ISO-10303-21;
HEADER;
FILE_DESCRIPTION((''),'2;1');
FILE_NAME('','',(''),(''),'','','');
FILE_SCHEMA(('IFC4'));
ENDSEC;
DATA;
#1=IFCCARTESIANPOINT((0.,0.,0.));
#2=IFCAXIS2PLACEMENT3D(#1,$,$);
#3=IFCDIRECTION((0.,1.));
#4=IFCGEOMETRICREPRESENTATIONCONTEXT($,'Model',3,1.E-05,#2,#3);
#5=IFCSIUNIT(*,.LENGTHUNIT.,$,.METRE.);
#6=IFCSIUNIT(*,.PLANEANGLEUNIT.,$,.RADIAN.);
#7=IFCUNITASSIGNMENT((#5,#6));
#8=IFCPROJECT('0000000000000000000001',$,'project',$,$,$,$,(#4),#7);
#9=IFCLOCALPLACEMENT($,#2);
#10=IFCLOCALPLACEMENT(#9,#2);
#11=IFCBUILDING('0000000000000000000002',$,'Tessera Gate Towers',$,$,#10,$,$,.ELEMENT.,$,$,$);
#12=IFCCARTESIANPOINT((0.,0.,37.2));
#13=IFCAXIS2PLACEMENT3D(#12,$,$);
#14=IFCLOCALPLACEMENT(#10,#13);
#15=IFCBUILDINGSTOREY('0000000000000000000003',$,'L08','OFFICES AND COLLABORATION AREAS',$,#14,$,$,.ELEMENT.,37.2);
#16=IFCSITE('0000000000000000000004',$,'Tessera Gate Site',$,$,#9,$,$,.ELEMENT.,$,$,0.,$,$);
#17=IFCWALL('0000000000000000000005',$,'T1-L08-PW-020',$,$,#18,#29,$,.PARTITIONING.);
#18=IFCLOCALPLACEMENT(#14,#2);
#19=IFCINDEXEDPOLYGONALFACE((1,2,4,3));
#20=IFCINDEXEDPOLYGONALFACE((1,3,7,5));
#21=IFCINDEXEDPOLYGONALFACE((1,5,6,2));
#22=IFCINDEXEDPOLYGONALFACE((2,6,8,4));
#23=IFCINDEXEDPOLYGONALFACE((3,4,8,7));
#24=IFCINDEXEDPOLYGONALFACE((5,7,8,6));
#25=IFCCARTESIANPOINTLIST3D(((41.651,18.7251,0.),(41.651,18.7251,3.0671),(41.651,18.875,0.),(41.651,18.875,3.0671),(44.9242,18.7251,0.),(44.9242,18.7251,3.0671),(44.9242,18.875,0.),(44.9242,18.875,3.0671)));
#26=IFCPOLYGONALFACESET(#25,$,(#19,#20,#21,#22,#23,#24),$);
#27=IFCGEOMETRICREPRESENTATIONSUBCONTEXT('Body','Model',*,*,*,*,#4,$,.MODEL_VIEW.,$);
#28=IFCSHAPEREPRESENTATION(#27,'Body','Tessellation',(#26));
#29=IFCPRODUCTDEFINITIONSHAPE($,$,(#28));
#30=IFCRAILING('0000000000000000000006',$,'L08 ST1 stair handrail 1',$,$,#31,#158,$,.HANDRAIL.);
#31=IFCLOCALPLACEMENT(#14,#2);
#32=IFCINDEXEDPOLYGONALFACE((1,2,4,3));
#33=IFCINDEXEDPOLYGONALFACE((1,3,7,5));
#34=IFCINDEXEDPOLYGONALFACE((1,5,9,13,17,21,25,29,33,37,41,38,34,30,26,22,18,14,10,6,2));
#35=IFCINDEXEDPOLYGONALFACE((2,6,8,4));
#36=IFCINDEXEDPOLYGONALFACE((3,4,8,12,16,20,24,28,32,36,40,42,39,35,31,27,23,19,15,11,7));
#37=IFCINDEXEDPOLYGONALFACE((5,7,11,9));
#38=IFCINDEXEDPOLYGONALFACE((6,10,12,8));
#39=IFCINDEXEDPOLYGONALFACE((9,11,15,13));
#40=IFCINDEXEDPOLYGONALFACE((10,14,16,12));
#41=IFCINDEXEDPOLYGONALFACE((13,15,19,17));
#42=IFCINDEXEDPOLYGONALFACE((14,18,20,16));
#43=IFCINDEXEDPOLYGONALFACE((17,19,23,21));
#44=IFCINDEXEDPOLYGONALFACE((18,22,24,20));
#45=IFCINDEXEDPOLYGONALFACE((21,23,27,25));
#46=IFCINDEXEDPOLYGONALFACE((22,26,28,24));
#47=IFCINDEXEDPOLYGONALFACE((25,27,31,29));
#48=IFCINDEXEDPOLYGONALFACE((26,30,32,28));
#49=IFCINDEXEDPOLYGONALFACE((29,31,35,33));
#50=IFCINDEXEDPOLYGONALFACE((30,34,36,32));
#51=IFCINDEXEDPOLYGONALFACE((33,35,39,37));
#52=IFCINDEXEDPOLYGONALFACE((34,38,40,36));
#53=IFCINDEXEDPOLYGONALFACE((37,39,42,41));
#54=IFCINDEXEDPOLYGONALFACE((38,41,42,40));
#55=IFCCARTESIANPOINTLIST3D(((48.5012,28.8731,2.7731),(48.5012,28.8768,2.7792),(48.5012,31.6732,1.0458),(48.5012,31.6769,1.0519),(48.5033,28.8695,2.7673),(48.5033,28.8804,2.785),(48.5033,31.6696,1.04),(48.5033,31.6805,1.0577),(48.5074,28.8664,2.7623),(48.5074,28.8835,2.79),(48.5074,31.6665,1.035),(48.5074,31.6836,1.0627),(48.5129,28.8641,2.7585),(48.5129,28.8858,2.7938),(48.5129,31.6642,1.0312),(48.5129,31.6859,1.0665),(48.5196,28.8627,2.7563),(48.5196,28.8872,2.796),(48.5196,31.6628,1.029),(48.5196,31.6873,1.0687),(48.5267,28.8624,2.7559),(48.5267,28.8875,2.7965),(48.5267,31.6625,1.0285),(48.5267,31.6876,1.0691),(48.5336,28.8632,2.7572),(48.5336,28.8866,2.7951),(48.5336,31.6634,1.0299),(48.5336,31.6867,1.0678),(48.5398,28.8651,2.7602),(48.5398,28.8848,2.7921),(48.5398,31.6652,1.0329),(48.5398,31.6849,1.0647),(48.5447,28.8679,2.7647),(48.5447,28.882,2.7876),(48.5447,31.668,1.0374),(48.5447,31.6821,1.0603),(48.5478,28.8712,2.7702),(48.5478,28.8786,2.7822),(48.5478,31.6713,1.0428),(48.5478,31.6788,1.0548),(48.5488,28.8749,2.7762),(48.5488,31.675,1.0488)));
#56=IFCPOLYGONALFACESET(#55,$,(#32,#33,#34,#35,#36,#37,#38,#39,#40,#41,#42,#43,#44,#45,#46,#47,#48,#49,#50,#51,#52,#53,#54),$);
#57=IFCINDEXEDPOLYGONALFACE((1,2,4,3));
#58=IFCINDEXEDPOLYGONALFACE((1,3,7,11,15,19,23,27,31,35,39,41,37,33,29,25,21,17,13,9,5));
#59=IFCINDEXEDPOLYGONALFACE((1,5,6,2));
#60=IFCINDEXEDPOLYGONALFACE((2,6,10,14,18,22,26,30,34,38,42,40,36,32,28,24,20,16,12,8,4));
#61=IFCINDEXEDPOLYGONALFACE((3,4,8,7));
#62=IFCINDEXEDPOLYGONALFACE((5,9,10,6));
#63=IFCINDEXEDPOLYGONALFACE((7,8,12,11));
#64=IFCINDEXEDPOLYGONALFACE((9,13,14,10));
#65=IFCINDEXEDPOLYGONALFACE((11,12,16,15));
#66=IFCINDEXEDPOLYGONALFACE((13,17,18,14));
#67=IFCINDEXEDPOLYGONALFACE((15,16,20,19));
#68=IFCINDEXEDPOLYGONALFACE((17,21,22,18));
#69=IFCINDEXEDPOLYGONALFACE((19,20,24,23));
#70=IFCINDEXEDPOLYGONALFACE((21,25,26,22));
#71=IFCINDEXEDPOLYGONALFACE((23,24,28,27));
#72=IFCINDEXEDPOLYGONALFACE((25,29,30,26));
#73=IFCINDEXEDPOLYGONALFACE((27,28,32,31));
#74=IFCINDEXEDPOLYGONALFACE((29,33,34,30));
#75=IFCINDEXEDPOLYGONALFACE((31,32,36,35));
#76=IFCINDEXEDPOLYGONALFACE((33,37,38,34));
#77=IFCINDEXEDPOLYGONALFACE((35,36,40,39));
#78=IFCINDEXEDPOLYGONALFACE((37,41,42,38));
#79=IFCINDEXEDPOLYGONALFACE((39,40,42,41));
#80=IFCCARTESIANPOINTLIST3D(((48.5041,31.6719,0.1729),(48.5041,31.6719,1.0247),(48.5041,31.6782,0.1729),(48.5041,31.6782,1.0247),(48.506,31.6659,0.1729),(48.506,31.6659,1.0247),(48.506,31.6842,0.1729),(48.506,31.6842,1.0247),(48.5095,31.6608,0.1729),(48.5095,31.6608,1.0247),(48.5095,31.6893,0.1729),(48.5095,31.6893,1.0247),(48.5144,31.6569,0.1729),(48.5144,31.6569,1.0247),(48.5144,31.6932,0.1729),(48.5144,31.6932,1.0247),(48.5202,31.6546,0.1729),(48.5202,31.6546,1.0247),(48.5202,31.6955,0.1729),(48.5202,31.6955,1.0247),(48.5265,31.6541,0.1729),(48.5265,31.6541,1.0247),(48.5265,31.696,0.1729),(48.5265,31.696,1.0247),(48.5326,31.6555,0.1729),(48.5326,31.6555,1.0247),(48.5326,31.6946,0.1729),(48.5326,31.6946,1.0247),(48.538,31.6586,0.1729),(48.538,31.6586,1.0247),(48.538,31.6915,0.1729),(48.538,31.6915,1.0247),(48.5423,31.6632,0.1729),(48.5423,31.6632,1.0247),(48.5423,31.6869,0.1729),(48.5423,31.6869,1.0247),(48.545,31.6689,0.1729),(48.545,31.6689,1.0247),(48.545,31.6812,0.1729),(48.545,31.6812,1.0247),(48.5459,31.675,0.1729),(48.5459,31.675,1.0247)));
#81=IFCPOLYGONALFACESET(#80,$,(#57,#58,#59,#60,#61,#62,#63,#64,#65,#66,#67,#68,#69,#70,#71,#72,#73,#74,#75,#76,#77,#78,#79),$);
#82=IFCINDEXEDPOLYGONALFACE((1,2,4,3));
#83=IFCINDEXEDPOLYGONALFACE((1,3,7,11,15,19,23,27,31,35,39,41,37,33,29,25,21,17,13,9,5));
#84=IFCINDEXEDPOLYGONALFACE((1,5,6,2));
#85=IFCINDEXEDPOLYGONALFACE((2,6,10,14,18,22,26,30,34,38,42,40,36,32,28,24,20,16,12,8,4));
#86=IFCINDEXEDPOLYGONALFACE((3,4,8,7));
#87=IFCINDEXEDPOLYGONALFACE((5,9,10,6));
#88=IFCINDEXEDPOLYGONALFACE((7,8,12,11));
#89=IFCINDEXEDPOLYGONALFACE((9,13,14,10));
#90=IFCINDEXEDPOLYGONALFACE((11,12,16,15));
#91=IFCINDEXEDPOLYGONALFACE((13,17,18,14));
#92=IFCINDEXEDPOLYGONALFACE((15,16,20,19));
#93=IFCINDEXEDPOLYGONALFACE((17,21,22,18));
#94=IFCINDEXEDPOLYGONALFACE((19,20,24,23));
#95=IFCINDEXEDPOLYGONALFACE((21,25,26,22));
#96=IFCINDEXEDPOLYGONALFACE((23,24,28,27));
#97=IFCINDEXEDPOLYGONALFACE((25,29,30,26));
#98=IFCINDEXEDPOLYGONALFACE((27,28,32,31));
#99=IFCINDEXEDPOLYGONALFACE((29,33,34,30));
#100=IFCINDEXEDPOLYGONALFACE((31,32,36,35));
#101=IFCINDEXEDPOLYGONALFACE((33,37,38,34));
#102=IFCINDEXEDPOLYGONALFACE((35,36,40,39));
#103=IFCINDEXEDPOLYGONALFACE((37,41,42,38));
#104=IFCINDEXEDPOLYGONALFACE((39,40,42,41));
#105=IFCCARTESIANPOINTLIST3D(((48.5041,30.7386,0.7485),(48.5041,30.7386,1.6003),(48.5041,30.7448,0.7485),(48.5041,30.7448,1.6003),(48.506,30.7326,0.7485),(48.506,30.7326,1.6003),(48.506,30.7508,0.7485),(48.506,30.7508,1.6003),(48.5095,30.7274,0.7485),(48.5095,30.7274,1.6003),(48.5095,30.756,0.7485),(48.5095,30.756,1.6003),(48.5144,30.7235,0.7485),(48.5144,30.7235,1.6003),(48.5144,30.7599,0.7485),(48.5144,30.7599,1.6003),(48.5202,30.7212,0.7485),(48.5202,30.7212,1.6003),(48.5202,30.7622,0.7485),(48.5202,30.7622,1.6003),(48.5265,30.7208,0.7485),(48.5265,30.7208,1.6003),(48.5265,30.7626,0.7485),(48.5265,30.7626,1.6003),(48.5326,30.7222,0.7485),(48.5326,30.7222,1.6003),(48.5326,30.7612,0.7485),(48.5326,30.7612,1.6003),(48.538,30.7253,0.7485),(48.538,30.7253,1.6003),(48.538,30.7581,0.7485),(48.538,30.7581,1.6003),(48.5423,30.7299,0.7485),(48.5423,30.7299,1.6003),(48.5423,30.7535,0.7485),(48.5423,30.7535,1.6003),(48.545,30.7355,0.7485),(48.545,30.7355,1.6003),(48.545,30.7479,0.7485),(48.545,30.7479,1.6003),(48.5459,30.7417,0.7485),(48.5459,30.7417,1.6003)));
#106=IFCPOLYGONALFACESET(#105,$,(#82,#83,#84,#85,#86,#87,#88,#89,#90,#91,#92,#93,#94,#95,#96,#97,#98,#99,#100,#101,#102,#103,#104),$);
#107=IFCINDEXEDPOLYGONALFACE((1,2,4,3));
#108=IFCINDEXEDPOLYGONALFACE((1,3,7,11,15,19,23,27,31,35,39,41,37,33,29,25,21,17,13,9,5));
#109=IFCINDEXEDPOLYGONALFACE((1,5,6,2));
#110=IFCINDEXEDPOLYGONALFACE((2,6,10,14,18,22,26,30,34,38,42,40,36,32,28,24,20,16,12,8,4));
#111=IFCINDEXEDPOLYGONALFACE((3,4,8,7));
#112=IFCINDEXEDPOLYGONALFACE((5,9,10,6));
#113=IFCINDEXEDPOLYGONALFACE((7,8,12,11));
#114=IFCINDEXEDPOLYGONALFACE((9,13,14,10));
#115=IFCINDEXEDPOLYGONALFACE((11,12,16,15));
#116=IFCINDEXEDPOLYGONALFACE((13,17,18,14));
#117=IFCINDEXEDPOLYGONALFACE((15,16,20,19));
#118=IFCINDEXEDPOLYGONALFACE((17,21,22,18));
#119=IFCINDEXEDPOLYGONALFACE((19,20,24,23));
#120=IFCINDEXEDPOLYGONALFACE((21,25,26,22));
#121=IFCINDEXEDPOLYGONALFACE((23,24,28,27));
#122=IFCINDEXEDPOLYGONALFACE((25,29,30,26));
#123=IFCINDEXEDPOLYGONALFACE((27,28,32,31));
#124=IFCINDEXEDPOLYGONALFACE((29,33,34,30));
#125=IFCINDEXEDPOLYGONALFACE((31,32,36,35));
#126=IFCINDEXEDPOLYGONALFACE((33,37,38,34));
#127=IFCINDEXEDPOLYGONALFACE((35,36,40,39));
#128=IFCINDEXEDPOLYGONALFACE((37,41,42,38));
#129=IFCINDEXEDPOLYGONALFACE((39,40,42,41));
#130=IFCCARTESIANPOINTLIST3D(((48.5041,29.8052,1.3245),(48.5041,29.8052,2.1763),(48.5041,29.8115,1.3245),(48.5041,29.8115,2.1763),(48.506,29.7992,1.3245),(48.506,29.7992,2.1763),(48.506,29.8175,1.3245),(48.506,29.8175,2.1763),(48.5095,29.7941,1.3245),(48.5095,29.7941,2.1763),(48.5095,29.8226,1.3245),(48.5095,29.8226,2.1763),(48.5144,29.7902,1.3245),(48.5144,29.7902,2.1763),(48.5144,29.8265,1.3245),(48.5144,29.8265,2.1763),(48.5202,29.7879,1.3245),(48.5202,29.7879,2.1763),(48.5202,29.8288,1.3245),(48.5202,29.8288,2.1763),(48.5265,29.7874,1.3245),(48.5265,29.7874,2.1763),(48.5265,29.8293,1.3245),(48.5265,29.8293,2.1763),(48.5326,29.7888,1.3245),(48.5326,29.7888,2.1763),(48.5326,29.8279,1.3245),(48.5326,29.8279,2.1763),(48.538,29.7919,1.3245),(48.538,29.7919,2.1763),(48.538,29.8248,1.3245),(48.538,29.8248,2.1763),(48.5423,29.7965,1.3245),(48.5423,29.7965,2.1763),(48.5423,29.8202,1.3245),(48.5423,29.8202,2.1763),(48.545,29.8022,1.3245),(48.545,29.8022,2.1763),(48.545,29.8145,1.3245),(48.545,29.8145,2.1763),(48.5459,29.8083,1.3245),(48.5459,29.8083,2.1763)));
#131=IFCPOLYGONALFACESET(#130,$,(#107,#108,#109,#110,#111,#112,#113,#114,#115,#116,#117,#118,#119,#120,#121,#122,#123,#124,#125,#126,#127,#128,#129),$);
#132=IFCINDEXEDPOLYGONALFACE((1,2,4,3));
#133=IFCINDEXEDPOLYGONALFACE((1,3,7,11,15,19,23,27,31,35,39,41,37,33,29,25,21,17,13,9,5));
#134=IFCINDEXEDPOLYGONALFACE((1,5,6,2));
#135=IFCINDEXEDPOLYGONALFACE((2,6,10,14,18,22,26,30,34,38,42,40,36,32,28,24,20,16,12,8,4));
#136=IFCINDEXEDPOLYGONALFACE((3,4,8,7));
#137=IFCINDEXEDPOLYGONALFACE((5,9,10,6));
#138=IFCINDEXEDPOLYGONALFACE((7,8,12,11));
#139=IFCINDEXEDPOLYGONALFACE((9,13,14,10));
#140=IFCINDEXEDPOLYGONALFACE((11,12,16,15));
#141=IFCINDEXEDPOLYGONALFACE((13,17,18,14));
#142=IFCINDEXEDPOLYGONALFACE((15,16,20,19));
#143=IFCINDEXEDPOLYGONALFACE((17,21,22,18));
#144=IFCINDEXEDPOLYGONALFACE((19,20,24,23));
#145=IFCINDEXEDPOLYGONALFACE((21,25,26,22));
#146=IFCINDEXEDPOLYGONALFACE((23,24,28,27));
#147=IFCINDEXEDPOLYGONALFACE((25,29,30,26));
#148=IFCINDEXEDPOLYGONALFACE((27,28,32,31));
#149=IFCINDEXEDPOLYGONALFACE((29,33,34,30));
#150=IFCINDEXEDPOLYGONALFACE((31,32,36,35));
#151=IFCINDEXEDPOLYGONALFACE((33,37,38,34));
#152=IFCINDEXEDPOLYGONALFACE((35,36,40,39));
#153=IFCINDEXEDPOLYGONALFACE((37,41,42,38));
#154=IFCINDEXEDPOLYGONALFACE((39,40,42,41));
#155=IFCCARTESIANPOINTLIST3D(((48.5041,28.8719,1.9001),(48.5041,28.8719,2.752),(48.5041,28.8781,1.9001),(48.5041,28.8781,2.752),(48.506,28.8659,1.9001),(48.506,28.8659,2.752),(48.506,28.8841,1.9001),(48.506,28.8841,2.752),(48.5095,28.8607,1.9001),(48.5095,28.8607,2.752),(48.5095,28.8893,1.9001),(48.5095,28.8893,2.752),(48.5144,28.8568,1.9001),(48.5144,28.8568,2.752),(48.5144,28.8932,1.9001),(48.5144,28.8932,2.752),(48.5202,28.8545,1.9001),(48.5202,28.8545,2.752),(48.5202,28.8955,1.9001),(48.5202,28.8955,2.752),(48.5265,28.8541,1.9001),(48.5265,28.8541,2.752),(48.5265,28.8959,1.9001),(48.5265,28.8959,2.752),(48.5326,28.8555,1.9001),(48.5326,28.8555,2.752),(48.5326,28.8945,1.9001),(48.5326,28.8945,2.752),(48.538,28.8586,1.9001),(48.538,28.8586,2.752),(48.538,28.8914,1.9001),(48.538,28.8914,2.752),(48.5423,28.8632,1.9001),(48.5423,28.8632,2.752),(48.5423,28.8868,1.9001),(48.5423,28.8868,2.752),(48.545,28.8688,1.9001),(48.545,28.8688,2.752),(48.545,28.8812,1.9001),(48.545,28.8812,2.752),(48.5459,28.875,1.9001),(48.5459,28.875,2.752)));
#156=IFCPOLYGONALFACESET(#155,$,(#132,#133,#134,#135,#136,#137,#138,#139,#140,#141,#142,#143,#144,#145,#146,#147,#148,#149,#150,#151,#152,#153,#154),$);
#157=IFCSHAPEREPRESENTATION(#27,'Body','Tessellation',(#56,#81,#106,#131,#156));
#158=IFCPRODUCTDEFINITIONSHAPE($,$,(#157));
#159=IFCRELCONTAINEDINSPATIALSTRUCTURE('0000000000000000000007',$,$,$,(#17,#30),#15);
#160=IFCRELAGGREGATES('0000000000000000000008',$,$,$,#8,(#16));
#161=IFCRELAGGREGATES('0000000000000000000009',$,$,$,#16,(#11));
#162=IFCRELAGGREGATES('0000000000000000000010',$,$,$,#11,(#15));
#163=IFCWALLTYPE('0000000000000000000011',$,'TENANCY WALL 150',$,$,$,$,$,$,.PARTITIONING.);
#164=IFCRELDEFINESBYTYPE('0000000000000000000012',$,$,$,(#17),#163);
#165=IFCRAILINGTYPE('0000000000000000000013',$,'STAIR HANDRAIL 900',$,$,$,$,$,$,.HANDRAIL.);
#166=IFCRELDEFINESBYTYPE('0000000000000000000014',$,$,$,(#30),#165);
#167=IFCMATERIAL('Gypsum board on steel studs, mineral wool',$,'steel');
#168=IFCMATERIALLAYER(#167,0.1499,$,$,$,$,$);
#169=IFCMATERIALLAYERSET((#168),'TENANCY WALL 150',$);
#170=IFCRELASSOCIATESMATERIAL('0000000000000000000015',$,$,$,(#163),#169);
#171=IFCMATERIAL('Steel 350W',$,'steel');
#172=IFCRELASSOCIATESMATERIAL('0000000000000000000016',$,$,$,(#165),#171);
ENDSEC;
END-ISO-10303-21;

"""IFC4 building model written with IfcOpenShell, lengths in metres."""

from ifc_helpers import new_model, si_unit, direction, frame, frame_2d, origin, origin_2d, place, context, subcontext, project, spatial, rectangle, circle, extrude, material, layer, layer_set, type_object, element, save


model = new_model("IFC4")

# Units and contexts
model_context = context("Model", 3, precision=1e-05, world=origin(), true_north=direction((0.0, 1.0)))
body_context = subcontext(model_context, "Body", "Model", "MODEL_VIEW")
ifc_project = project(units=[si_unit("LENGTHUNIT", "METRE"), si_unit("PLANEANGLEUNIT", "RADIAN")], contexts=[model_context])

# Site, building, storey
site_placement = place(None, origin())
site = spatial("IfcSite", under=ifc_project, at=site_placement, Name="Tessera Gate Site", CompositionType="ELEMENT", RefElevation=0.0)
building_placement = place(site_placement, origin())
building = spatial("IfcBuilding", under=site, at=building_placement, Name="Tessera Gate Towers", CompositionType="ELEMENT")
storey_placement = place(building_placement, frame((0.0, 0.0, 37.2)))
storey = spatial("IfcBuildingStorey", under=building, at=storey_placement, Name="L08", Description="OFFICES AND COLLABORATION AREAS", CompositionType="ELEMENT", Elevation=37.2)

# Shared definitions
ifc_material_1 = material(Name="Gypsum board on steel studs, mineral wool", Category="steel")
ifc_layer_1 = layer(ifc_material_1, 0.1499)
ifc_layer_set_1 = layer_set([ifc_layer_1], Name="TENANCY WALL 150")
wall_type_1 = type_object("IfcWallType", Name="TENANCY WALL 150", PredefinedType="PARTITIONING", material=ifc_layer_set_1)

# Wall
wall_1_placement = place(storey_placement, frame((41.6509, 18.8, 0.0), z_axis=(0.0, 0.0, 1.0), x_axis=(1.0, 0.0, 0.0)))
element("IfcWall", 1, at=wall_1_placement, inside=storey, type_object=wall_type_1, Name="T1-L08-PW-020", PredefinedType="PARTITIONING", context=body_context, shape_type="SweptSolid", body=[
    extrude(rectangle(XDim=3.2732, YDim=0.1499, at=frame_2d((1.6367, 0.0))), origin(), (0.0, 0.0, 1.0), 3.0671),
])

# Railing
ifc_material_2 = material(Name="Steel 350W", Category="steel")
railing_type = type_object("IfcRailingType", Name="STAIR HANDRAIL 900", PredefinedType="HANDRAIL", material=ifc_material_2)
railing_placement = place(storey_placement, frame((48.5249, 31.675, 0.1729)))
element("IfcRailing", 2, at=railing_placement, inside=storey, type_object=railing_type, Name="L08 ST1 stair handrail 1", PredefinedType="HANDRAIL", context=body_context, shape_type="SweptSolid", body=[
    extrude(circle(Radius=0.0239, at=origin_2d()), frame((0.0, 0.0, 0.876), z_axis=(0.0, -0.85109, 0.52502), x_axis=(1.0, 0.0, 0.0)), (0.0, 0.0, 1.0), 3.29),
    extrude(circle(Radius=0.021, at=origin_2d()), origin(), (0.0, 0.0, 1.0), 0.8518),
    extrude(circle(Radius=0.021, at=origin_2d()), frame((0.0, -0.9333, 0.5757)), (0.0, 0.0, 1.0), 0.8518),
    extrude(circle(Radius=0.021, at=origin_2d()), frame((0.0, -1.8667, 1.1516)), (0.0, 0.0, 1.0), 0.8518),
    extrude(circle(Radius=0.021, at=origin_2d()), frame((0.0, -2.8, 1.7273)), (0.0, 0.0, 1.0), 0.8518),
])

save(model, "model.ifc")
